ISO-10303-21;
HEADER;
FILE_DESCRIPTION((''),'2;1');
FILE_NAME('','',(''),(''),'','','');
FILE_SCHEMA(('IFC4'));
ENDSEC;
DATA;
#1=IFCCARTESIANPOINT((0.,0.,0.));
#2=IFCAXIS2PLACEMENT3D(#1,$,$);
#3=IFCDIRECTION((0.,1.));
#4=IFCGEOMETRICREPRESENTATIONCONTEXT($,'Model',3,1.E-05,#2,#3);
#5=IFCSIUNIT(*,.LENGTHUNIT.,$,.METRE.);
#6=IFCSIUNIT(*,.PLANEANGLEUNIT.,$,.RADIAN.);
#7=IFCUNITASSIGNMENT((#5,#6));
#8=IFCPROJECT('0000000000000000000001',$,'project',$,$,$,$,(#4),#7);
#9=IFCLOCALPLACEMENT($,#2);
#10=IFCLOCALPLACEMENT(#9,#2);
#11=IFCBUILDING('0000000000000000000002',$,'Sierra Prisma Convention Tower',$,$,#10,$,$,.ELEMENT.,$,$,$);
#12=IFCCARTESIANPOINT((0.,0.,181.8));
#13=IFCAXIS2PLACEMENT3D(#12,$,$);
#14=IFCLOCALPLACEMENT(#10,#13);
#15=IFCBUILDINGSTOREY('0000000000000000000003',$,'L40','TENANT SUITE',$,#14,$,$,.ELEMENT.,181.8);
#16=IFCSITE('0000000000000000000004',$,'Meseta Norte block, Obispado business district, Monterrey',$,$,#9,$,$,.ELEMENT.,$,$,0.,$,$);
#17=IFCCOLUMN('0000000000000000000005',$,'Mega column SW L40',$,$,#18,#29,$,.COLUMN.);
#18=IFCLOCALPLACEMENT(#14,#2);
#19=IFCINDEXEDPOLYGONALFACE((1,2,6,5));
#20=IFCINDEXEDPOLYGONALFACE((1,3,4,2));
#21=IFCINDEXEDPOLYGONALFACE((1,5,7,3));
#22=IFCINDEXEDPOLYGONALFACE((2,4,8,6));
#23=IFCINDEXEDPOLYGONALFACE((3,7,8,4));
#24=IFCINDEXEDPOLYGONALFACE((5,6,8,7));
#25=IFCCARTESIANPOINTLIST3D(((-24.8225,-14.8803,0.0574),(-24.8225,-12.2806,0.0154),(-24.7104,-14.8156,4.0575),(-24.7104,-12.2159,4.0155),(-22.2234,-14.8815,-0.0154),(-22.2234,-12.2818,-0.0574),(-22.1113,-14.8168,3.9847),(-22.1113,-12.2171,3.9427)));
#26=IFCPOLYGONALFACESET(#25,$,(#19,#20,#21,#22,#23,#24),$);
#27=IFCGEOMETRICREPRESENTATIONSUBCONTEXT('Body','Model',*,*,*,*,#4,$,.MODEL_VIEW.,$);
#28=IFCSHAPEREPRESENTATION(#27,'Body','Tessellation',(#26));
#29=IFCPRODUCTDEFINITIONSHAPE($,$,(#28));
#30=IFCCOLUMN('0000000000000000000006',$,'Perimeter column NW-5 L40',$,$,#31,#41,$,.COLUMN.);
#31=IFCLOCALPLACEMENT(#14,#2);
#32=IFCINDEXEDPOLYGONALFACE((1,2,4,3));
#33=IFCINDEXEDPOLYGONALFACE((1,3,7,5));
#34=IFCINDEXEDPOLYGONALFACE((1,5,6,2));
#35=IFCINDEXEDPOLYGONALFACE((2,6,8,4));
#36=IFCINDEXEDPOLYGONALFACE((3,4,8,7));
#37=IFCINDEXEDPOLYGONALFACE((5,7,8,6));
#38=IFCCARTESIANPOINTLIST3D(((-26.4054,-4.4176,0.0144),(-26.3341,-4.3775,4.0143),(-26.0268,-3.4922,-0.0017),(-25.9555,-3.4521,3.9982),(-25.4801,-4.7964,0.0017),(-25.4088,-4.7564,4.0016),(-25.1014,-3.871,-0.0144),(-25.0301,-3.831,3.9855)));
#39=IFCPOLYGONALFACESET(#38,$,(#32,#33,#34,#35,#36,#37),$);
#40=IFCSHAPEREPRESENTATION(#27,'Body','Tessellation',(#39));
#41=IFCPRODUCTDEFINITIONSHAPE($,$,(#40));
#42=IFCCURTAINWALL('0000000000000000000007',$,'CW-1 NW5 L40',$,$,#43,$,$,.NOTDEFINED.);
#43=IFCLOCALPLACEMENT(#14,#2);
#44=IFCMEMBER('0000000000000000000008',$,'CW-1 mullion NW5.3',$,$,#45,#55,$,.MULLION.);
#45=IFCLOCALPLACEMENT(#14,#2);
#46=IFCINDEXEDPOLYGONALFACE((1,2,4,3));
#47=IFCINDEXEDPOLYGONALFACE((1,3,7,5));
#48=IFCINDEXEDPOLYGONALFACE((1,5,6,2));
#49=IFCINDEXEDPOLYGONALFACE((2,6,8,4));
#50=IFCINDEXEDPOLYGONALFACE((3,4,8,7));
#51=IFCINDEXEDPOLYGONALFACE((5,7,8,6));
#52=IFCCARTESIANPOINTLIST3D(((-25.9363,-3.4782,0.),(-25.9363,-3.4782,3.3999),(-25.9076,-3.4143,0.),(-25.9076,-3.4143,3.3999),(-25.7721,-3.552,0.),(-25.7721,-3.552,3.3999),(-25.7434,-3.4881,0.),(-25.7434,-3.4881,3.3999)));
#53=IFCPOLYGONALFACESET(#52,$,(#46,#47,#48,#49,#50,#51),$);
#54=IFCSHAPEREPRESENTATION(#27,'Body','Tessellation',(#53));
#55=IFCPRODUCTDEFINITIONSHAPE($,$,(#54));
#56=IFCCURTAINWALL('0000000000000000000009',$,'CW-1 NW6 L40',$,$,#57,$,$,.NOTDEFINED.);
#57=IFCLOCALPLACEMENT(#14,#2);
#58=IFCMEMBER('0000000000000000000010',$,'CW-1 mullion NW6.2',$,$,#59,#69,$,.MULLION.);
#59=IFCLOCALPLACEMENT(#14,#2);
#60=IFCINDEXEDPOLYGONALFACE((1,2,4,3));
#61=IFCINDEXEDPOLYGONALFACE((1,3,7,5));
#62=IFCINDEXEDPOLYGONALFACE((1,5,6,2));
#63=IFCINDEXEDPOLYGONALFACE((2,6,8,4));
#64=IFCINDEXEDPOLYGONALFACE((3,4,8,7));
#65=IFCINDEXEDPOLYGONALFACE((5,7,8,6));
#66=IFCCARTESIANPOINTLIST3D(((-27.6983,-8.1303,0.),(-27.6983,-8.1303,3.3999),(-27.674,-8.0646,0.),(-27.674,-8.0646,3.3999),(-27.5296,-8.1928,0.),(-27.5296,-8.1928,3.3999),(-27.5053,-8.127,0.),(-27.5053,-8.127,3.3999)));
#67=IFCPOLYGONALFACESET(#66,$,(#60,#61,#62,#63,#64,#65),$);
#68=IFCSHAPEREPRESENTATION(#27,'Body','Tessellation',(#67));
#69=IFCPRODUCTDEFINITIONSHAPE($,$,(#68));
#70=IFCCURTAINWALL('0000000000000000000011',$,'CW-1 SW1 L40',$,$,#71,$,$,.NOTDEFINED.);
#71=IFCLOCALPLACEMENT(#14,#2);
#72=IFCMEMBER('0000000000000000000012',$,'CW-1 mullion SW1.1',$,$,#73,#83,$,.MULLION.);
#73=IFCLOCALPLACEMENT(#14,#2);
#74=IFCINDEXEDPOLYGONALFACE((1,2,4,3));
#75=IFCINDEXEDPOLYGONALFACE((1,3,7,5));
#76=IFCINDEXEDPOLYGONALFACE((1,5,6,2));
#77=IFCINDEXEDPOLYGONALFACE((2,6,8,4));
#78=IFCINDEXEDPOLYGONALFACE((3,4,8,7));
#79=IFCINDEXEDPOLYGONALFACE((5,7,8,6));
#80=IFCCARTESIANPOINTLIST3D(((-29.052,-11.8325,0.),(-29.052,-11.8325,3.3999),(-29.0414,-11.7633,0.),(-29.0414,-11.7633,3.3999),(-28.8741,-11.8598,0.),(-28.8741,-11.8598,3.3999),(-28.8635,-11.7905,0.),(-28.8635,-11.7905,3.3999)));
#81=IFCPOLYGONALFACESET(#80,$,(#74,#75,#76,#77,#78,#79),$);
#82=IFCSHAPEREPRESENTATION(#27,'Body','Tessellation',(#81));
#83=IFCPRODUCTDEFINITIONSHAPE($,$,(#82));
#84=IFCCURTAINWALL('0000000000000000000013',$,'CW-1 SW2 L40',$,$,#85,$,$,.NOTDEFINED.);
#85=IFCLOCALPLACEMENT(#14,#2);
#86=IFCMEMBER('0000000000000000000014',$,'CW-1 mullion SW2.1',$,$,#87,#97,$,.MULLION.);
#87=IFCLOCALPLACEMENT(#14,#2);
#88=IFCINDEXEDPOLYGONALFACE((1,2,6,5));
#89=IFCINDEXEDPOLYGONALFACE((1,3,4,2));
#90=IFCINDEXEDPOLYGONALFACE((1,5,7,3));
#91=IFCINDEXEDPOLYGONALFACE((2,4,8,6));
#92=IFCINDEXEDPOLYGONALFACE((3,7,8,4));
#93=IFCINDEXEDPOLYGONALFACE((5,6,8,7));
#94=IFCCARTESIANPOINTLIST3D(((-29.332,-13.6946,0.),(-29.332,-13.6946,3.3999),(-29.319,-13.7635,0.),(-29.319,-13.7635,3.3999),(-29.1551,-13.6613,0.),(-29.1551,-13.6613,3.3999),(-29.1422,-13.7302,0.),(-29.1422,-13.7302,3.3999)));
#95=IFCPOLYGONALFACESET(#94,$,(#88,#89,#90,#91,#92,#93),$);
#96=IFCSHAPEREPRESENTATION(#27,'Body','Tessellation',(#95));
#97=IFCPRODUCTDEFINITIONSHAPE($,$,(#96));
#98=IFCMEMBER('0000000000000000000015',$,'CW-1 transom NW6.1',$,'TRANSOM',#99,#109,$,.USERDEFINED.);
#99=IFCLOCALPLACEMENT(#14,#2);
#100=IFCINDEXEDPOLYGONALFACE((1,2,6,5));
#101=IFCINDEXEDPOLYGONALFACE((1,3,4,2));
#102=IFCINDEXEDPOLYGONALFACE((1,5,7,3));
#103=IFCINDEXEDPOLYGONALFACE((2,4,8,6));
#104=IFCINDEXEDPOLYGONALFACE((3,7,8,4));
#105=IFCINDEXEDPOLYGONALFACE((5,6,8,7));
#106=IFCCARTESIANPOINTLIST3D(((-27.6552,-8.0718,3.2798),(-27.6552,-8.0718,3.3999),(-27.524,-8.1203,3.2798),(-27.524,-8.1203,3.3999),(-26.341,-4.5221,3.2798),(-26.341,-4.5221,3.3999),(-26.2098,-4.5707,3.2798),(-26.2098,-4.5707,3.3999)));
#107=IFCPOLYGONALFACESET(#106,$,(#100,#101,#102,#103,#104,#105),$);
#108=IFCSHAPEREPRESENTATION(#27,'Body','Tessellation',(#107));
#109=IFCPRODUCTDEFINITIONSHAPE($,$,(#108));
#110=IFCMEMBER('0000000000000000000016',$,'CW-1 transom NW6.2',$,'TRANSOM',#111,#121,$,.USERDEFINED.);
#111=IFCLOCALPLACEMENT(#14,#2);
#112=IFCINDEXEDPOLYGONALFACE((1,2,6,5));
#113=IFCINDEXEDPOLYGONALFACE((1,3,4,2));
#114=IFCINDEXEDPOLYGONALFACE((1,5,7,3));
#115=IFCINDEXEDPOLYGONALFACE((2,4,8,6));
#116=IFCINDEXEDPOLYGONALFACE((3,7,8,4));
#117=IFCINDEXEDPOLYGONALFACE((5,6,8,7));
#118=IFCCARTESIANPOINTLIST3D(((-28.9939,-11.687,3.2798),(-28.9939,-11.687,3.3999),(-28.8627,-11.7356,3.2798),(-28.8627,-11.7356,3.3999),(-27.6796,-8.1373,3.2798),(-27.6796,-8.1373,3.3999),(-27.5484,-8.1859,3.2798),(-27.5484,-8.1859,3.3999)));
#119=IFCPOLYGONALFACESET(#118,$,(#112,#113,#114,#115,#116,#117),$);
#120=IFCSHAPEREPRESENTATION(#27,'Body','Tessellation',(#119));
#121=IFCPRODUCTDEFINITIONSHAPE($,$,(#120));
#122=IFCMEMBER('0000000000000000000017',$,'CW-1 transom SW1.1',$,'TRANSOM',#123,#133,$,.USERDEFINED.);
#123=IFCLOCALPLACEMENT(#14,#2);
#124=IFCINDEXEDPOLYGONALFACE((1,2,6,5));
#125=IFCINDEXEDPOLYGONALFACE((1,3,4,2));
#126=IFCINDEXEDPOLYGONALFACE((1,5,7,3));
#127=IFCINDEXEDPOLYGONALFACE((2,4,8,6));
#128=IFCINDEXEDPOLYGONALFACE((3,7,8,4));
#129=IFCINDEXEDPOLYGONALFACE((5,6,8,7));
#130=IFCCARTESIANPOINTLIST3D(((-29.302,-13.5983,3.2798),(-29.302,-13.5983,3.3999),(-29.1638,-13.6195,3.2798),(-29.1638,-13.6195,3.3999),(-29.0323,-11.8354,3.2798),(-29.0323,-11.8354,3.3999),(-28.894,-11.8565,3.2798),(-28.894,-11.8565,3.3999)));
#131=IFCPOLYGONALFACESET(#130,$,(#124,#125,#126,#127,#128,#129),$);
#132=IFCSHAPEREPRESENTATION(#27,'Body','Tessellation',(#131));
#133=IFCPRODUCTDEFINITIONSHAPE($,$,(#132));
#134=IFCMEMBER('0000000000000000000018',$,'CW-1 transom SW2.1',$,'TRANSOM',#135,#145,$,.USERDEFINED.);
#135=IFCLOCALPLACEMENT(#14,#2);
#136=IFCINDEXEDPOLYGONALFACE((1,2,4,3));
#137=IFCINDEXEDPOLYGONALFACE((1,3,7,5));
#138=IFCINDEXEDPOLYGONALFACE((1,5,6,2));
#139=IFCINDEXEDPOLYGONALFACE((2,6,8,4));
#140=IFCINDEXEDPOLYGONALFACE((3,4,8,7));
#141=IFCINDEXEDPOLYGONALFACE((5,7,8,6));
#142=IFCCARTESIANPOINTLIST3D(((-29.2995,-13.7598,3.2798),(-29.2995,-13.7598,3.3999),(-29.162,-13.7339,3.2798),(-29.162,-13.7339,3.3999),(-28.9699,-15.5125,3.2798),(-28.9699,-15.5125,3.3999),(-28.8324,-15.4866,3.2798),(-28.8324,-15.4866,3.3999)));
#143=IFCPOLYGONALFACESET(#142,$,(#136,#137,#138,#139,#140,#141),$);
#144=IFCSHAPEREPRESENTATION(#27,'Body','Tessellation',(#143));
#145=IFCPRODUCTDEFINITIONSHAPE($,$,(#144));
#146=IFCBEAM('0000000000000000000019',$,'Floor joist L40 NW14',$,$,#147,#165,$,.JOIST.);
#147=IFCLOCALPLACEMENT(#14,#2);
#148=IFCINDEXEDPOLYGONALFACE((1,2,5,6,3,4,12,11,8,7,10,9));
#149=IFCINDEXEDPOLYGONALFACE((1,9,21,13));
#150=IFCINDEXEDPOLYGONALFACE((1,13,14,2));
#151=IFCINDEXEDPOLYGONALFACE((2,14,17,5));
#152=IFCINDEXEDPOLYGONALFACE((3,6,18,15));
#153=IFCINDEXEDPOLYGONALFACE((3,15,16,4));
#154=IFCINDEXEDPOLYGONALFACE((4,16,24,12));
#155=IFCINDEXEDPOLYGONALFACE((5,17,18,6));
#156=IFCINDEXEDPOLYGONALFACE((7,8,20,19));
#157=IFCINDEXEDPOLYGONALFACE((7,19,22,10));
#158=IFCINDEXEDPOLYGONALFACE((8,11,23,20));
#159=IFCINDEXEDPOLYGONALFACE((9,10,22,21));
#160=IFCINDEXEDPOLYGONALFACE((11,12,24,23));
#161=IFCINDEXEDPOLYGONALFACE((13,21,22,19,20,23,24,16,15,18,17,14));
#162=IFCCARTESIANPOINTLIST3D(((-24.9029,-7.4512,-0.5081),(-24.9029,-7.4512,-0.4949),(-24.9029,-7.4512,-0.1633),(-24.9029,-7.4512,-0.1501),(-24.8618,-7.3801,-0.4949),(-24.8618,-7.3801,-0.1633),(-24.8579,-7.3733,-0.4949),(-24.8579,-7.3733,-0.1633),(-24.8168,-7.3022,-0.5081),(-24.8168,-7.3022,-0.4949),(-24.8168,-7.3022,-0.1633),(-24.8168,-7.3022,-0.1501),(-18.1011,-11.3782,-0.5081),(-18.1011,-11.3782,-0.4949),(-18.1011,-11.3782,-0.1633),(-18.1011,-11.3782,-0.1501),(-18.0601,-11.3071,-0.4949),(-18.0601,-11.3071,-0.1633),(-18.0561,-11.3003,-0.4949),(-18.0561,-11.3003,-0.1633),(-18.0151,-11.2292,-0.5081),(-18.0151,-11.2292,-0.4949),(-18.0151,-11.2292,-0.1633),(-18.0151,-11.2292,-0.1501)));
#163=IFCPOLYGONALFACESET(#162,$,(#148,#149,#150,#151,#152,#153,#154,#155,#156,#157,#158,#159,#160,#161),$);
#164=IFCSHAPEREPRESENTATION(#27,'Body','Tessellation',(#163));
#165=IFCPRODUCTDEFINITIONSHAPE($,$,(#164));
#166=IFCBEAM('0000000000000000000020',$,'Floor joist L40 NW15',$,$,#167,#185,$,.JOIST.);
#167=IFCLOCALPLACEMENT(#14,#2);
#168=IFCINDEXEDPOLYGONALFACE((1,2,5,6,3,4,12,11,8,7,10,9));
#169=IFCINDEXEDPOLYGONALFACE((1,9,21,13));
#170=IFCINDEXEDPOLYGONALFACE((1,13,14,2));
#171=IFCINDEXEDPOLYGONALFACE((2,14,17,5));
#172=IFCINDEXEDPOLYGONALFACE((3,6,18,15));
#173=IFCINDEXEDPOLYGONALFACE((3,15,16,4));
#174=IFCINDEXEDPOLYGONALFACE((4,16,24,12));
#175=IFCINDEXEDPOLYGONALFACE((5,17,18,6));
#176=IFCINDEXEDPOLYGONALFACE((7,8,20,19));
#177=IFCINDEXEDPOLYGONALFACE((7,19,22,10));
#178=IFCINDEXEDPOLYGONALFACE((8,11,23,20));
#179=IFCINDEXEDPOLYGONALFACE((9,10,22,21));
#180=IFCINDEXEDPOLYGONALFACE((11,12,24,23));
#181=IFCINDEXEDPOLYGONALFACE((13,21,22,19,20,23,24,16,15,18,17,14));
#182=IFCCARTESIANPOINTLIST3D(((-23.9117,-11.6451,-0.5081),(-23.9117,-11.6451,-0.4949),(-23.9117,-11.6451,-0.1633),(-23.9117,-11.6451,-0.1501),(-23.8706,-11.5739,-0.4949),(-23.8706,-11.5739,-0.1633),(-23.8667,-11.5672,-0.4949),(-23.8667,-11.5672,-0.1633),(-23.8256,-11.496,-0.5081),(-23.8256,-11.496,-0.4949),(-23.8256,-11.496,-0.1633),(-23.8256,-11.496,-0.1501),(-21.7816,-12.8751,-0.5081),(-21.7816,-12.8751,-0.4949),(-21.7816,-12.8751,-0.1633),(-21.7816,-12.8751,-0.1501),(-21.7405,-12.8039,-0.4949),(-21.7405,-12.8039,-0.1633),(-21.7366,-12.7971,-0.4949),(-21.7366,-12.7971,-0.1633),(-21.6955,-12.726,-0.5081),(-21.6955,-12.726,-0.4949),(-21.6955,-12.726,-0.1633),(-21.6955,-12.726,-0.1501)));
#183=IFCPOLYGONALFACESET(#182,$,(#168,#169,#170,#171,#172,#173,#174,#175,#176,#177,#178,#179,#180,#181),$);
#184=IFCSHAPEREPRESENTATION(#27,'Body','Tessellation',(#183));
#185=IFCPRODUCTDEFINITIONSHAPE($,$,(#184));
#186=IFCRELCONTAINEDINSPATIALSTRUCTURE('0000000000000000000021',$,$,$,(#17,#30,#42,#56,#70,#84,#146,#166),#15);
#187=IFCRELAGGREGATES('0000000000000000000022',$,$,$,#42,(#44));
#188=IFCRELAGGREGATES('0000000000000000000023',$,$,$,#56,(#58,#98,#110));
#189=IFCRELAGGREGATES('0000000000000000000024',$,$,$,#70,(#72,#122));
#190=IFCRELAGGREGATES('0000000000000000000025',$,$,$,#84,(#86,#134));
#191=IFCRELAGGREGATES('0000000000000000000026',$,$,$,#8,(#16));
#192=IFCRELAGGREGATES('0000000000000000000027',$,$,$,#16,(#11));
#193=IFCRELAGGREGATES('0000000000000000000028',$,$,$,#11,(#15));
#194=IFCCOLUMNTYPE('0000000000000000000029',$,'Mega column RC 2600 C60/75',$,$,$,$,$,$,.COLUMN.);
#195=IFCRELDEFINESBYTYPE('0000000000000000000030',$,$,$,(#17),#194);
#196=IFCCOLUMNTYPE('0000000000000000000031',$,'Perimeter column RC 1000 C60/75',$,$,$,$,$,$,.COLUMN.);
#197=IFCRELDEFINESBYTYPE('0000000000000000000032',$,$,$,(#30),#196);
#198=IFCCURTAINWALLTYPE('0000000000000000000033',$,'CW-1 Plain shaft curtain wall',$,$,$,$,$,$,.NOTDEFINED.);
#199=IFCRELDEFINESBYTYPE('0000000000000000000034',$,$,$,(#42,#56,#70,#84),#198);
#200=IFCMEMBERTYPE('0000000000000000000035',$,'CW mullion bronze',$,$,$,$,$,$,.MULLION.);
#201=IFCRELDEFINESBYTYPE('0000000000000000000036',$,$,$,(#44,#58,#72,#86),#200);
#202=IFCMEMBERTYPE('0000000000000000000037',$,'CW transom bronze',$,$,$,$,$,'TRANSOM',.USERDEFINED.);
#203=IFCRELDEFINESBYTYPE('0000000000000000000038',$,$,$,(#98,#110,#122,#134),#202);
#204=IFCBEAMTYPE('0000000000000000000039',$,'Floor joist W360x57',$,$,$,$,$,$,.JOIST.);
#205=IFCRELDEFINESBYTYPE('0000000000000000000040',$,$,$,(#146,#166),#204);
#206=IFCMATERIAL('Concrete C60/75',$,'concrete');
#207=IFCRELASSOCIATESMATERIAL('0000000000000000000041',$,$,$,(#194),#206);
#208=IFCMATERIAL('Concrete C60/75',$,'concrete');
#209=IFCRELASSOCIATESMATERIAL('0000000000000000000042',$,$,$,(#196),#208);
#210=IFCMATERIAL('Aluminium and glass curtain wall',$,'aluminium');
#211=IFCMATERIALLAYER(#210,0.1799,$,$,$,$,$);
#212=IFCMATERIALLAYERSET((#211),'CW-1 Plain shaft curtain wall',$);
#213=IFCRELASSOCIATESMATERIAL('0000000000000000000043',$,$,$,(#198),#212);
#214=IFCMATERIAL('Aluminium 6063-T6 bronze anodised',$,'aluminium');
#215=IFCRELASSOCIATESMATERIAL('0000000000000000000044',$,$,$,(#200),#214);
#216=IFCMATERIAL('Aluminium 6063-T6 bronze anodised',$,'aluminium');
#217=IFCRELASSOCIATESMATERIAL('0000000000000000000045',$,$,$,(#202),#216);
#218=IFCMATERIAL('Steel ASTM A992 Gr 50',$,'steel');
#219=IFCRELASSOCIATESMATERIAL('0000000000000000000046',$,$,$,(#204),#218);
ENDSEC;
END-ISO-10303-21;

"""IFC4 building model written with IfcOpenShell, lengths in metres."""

from ifc_helpers import new_model, si_unit, direction, frame, origin, origin_2d, place, context, subcontext, project, spatial, rectangle, i_section, extrude, material, layer, layer_set, material_profile, profile_set, type_object, element, aggregate, save


model = new_model("IFC4")

# Units and contexts
model_context = context("Model", 3, precision=1e-05, world=origin(), true_north=direction((0.0, 1.0)))
body_context = subcontext(model_context, "Body", "Model", "MODEL_VIEW")
ifc_project = project(units=[si_unit("LENGTHUNIT", "METRE"), si_unit("PLANEANGLEUNIT", "RADIAN")], contexts=[model_context])

# Site, building, storey
site_placement = place(None, origin())
site = spatial("IfcSite", under=ifc_project, at=site_placement, Name="Meseta Norte block, Obispado business district, Monterrey", CompositionType="ELEMENT", RefElevation=0.0)
building_placement = place(site_placement, origin())
building = spatial("IfcBuilding", under=site, at=building_placement, Name="Sierra Prisma Convention Tower", CompositionType="ELEMENT")
storey_placement = place(building_placement, frame((0.0, 0.0, 181.8)))
storey = spatial("IfcBuildingStorey", under=building, at=storey_placement, Name="L40", Description="TENANT SUITE", CompositionType="ELEMENT", Elevation=181.8)

# Columns
ifc_material_1 = material(Name="Concrete C60/75", Category="concrete")
ifc_material_profile_1 = material_profile(ifc_material_1, rectangle(XDim=2.6001, YDim=2.6001, at=origin_2d()), Name="Mega column RC 2600 C60/75")
ifc_profile_set_1 = profile_set([ifc_material_profile_1], Name="Concrete C60/75")
column_type_1 = type_object("IfcColumnType", Name="Mega column RC 2600 C60/75", PredefinedType="COLUMN", material=ifc_profile_set_1)
column_1_placement = place(storey_placement, frame((-23.5229, -13.5811, 0.0), z_axis=(0.028, 0.016166, 0.999477), x_axis=(0.999608, -0.000453, -0.027997)))
element("IfcColumn", 1, at=column_1_placement, inside=storey, type_object=column_type_1, Name="Mega column SW L40", PredefinedType="COLUMN", context=body_context, shape_type="SweptSolid", body=[
    extrude(rectangle(XDim=2.6001, YDim=2.6001, at=origin_2d()), origin(), (0.0, 0.0, 1.0), 4.0022),
])
ifc_material_2 = material(Name="Concrete C60/75", Category="concrete")
ifc_material_profile_2 = material_profile(ifc_material_2, rectangle(XDim=1.0, YDim=1.0, at=origin_2d()), Name="Perimeter column RC 1000 C60/75")
ifc_profile_set_2 = profile_set([ifc_material_profile_2], Name="Concrete C60/75")
column_type_2 = type_object("IfcColumnType", Name="Perimeter column RC 1000 C60/75", PredefinedType="COLUMN", material=ifc_profile_set_2)
column_2_placement = place(storey_placement, frame((-25.7534, -4.1443, 0.0), z_axis=(0.017819, 0.010008, 0.999791), x_axis=(0.378655, 0.925399, -0.016012)))
element("IfcColumn", 2, at=column_2_placement, inside=storey, type_object=column_type_2, Name="Perimeter column NW-5 L40", PredefinedType="COLUMN", context=body_context, shape_type="SweptSolid", body=[
    extrude(rectangle(XDim=1.0, YDim=1.0, at=origin_2d()), origin(), (0.0, 0.0, 1.0), 4.0007),
])

# Curtain walls, members
ifc_material_3 = material(Name="Aluminium and glass curtain wall", Category="aluminium")
ifc_layer_1 = layer(ifc_material_3, 0.1799)
ifc_layer_set_1 = layer_set([ifc_layer_1], Name="CW-1 Plain shaft curtain wall")
curtain_wall_type = type_object("IfcCurtainWallType", Name="CW-1 Plain shaft curtain wall", PredefinedType="NOTDEFINED", material=ifc_layer_set_1)
curtain_wall_1_placement = place(storey_placement, origin())
curtain_wall_1 = element("IfcCurtainWall", 3, at=curtain_wall_1_placement, inside=storey, type_object=curtain_wall_type, Name="CW-1 NW5 L40", PredefinedType="NOTDEFINED")
ifc_material_4 = material(Name="Aluminium 6063-T6 bronze anodised", Category="aluminium")
ifc_material_profile_3 = material_profile(ifc_material_4, rectangle(XDim=0.1799, YDim=0.0701, at=origin_2d()), Name="ALU MULLION 70x180")
ifc_profile_set_3 = profile_set([ifc_material_profile_3], Name="Aluminium 6063-T6 bronze anodised")
member_type_1 = type_object("IfcMemberType", Name="CW mullion bronze", PredefinedType="MULLION", material=ifc_profile_set_3)
member_1_placement = place(storey_placement, frame((-25.8398, -3.4832, 0.0), z_axis=(0.0, 0.0, 1.0), x_axis=(0.912188, -0.409773, 0.0)))
member_1 = element("IfcMember", 4, at=member_1_placement, type_object=member_type_1, Name="CW-1 mullion NW5.3", PredefinedType="MULLION", context=body_context, shape_type="SweptSolid", body=[
    extrude(rectangle(XDim=0.1799, YDim=0.0701, at=origin_2d()), origin(), (0.0, 0.0, 1.0), 3.3999),
])
curtain_wall_2_placement = place(storey_placement, origin())
curtain_wall_2 = element("IfcCurtainWall", 5, at=curtain_wall_2_placement, inside=storey, type_object=curtain_wall_type, Name="CW-1 NW6 L40", PredefinedType="NOTDEFINED")
member_2_placement = place(storey_placement, frame((-27.6018, -8.1287, 0.0), z_axis=(0.0, 0.0, 1.0), x_axis=(0.937782, -0.347224, 0.0)))
member_2 = element("IfcMember", 6, at=member_2_placement, type_object=member_type_1, Name="CW-1 mullion NW6.2", PredefinedType="MULLION", context=body_context, shape_type="SweptSolid", body=[
    extrude(rectangle(XDim=0.1799, YDim=0.0701, at=origin_2d()), origin(), (0.0, 0.0, 1.0), 3.3999),
])
curtain_wall_3_placement = place(storey_placement, origin())
curtain_wall_3 = element("IfcCurtainWall", 7, at=curtain_wall_3_placement, inside=storey, type_object=curtain_wall_type, Name="CW-1 SW1 L40", PredefinedType="NOTDEFINED")
member_3_placement = place(storey_placement, frame((-28.9578, -11.8115, 0.0), z_axis=(0.0, 0.0, 1.0), x_axis=(0.988481, -0.151345, 0.0)))
member_3 = element("IfcMember", 8, at=member_3_placement, type_object=member_type_1, Name="CW-1 mullion SW1.1", PredefinedType="MULLION", context=body_context, shape_type="SweptSolid", body=[
    extrude(rectangle(XDim=0.1799, YDim=0.0701, at=origin_2d()), origin(), (0.0, 0.0, 1.0), 3.3999),
])
curtain_wall_4_placement = place(storey_placement, origin())
curtain_wall_4 = element("IfcCurtainWall", 9, at=curtain_wall_4_placement, inside=storey, type_object=curtain_wall_type, Name="CW-1 SW2 L40", PredefinedType="NOTDEFINED")
member_4_placement = place(storey_placement, frame((-29.2371, -13.7124, 0.0), z_axis=(0.0, 0.0, 1.0), x_axis=(0.982782, 0.184767, 0.0)))
member_4 = element("IfcMember", 10, at=member_4_placement, type_object=member_type_1, Name="CW-1 mullion SW2.1", PredefinedType="MULLION", context=body_context, shape_type="SweptSolid", body=[
    extrude(rectangle(XDim=0.1799, YDim=0.0701, at=origin_2d()), origin(), (0.0, 0.0, 1.0), 3.3999),
])

# Members
ifc_material_5 = material(Name="Aluminium 6063-T6 bronze anodised", Category="aluminium")
ifc_material_profile_4 = material_profile(ifc_material_5, rectangle(XDim=0.1399, YDim=0.1201, at=origin_2d()), Name="ALU TRANSOM 120x140")
ifc_profile_set_4 = profile_set([ifc_material_profile_4], Name="Aluminium 6063-T6 bronze anodised")
member_type_2 = type_object("IfcMemberType", Name="CW transom bronze", ElementType="TRANSOM", PredefinedType="USERDEFINED", material=ifc_profile_set_4)
member_5_placement = place(storey_placement, frame((-26.2754, -4.5464, 3.3398), z_axis=(-0.347211, -0.937787, 0.0), x_axis=(0.937787, -0.347211, 0.0)))
member_5 = element("IfcMember", 11, at=member_5_placement, type_object=member_type_2, Name="CW-1 transom NW6.1", ObjectType="TRANSOM", PredefinedType="USERDEFINED", context=body_context, shape_type="SweptSolid", body=[
    extrude(rectangle(XDim=0.1399, YDim=0.1201, at=origin_2d()), origin(), (0.0, 0.0, 1.0), 3.7852),
])
member_6_placement = place(storey_placement, frame((-27.614, -8.1616, 3.3398), z_axis=(-0.347211, -0.937787, 0.0), x_axis=(0.937787, -0.347211, 0.0)))
member_6 = element("IfcMember", 12, at=member_6_placement, type_object=member_type_2, Name="CW-1 transom NW6.2", ObjectType="TRANSOM", PredefinedType="USERDEFINED", context=body_context, shape_type="SweptSolid", body=[
    extrude(rectangle(XDim=0.1399, YDim=0.1201, at=origin_2d()), origin(), (0.0, 0.0, 1.0), 3.7852),
])
member_7_placement = place(storey_placement, frame((-28.9631, -11.8459, 3.3398), z_axis=(-0.151265, -0.988493, 0.0), x_axis=(0.988493, -0.151265, 0.0)))
member_7 = element("IfcMember", 13, at=member_7_placement, type_object=member_type_2, Name="CW-1 transom SW1.1", ObjectType="TRANSOM", PredefinedType="USERDEFINED", context=body_context, shape_type="SweptSolid", body=[
    extrude(rectangle(XDim=0.1399, YDim=0.1201, at=origin_2d()), origin(), (0.0, 0.0, 1.0), 1.7834),
])
member_8_placement = place(storey_placement, frame((-29.2307, -13.7468, 3.3398), z_axis=(0.184809, -0.982774, 0.0), x_axis=(0.982774, 0.184809, 0.0)))
member_8 = element("IfcMember", 14, at=member_8_placement, type_object=member_type_2, Name="CW-1 transom SW2.1", ObjectType="TRANSOM", PredefinedType="USERDEFINED", context=body_context, shape_type="SweptSolid", body=[
    extrude(rectangle(XDim=0.1399, YDim=0.1201, at=origin_2d()), origin(), (0.0, 0.0, 1.0), 1.7834),
])

# Beams
ifc_material_6 = material(Name="Steel ASTM A992 Gr 50", Category="steel")
ifc_material_profile_5 = material_profile(ifc_material_6, i_section(OverallWidth=0.1721, OverallDepth=0.3579, WebThickness=0.0078, FlangeThickness=0.0132, at=origin_2d()), Name="W360x57")
ifc_profile_set_5 = profile_set([ifc_material_profile_5], Name="Steel ASTM A992 Gr 50")
beam_type_1 = type_object("IfcBeamType", Name="Floor joist W360x57", PredefinedType="JOIST", material=ifc_profile_set_5)
beam_1_placement = place(storey_placement, frame((-24.8599, -7.3767, -0.3291), z_axis=(0.866025, -0.500001, 0.0), x_axis=(0.500001, 0.866025, 0.0)))
element("IfcBeam", 15, at=beam_1_placement, inside=storey, type_object=beam_type_1, Name="Floor joist L40 NW14", PredefinedType="JOIST", context=body_context, shape_type="SweptSolid", body=[
    extrude(i_section(OverallWidth=0.1721, OverallDepth=0.3579, WebThickness=0.0078, FlangeThickness=0.0132, at=origin_2d()), origin(), (0.0, 0.0, 1.0), 7.854),
])
beam_2_placement = place(storey_placement, frame((-23.8687, -11.5706, -0.3291), z_axis=(0.865999, -0.500046, 0.0), x_axis=(0.500046, 0.865999, 0.0)))
element("IfcBeam", 16, at=beam_2_placement, inside=storey, type_object=beam_type_1, Name="Floor joist L40 NW15", PredefinedType="JOIST", context=body_context, shape_type="SweptSolid", body=[
    extrude(i_section(OverallWidth=0.1721, OverallDepth=0.3579, WebThickness=0.0078, FlangeThickness=0.0132, at=origin_2d()), origin(), (0.0, 0.0, 1.0), 2.4597),
])

aggregate(curtain_wall_1, [member_1])
aggregate(curtain_wall_2, [member_2, member_5, member_6])
aggregate(curtain_wall_3, [member_3, member_7])
aggregate(curtain_wall_4, [member_4, member_8])

save(model, "model.ifc")
